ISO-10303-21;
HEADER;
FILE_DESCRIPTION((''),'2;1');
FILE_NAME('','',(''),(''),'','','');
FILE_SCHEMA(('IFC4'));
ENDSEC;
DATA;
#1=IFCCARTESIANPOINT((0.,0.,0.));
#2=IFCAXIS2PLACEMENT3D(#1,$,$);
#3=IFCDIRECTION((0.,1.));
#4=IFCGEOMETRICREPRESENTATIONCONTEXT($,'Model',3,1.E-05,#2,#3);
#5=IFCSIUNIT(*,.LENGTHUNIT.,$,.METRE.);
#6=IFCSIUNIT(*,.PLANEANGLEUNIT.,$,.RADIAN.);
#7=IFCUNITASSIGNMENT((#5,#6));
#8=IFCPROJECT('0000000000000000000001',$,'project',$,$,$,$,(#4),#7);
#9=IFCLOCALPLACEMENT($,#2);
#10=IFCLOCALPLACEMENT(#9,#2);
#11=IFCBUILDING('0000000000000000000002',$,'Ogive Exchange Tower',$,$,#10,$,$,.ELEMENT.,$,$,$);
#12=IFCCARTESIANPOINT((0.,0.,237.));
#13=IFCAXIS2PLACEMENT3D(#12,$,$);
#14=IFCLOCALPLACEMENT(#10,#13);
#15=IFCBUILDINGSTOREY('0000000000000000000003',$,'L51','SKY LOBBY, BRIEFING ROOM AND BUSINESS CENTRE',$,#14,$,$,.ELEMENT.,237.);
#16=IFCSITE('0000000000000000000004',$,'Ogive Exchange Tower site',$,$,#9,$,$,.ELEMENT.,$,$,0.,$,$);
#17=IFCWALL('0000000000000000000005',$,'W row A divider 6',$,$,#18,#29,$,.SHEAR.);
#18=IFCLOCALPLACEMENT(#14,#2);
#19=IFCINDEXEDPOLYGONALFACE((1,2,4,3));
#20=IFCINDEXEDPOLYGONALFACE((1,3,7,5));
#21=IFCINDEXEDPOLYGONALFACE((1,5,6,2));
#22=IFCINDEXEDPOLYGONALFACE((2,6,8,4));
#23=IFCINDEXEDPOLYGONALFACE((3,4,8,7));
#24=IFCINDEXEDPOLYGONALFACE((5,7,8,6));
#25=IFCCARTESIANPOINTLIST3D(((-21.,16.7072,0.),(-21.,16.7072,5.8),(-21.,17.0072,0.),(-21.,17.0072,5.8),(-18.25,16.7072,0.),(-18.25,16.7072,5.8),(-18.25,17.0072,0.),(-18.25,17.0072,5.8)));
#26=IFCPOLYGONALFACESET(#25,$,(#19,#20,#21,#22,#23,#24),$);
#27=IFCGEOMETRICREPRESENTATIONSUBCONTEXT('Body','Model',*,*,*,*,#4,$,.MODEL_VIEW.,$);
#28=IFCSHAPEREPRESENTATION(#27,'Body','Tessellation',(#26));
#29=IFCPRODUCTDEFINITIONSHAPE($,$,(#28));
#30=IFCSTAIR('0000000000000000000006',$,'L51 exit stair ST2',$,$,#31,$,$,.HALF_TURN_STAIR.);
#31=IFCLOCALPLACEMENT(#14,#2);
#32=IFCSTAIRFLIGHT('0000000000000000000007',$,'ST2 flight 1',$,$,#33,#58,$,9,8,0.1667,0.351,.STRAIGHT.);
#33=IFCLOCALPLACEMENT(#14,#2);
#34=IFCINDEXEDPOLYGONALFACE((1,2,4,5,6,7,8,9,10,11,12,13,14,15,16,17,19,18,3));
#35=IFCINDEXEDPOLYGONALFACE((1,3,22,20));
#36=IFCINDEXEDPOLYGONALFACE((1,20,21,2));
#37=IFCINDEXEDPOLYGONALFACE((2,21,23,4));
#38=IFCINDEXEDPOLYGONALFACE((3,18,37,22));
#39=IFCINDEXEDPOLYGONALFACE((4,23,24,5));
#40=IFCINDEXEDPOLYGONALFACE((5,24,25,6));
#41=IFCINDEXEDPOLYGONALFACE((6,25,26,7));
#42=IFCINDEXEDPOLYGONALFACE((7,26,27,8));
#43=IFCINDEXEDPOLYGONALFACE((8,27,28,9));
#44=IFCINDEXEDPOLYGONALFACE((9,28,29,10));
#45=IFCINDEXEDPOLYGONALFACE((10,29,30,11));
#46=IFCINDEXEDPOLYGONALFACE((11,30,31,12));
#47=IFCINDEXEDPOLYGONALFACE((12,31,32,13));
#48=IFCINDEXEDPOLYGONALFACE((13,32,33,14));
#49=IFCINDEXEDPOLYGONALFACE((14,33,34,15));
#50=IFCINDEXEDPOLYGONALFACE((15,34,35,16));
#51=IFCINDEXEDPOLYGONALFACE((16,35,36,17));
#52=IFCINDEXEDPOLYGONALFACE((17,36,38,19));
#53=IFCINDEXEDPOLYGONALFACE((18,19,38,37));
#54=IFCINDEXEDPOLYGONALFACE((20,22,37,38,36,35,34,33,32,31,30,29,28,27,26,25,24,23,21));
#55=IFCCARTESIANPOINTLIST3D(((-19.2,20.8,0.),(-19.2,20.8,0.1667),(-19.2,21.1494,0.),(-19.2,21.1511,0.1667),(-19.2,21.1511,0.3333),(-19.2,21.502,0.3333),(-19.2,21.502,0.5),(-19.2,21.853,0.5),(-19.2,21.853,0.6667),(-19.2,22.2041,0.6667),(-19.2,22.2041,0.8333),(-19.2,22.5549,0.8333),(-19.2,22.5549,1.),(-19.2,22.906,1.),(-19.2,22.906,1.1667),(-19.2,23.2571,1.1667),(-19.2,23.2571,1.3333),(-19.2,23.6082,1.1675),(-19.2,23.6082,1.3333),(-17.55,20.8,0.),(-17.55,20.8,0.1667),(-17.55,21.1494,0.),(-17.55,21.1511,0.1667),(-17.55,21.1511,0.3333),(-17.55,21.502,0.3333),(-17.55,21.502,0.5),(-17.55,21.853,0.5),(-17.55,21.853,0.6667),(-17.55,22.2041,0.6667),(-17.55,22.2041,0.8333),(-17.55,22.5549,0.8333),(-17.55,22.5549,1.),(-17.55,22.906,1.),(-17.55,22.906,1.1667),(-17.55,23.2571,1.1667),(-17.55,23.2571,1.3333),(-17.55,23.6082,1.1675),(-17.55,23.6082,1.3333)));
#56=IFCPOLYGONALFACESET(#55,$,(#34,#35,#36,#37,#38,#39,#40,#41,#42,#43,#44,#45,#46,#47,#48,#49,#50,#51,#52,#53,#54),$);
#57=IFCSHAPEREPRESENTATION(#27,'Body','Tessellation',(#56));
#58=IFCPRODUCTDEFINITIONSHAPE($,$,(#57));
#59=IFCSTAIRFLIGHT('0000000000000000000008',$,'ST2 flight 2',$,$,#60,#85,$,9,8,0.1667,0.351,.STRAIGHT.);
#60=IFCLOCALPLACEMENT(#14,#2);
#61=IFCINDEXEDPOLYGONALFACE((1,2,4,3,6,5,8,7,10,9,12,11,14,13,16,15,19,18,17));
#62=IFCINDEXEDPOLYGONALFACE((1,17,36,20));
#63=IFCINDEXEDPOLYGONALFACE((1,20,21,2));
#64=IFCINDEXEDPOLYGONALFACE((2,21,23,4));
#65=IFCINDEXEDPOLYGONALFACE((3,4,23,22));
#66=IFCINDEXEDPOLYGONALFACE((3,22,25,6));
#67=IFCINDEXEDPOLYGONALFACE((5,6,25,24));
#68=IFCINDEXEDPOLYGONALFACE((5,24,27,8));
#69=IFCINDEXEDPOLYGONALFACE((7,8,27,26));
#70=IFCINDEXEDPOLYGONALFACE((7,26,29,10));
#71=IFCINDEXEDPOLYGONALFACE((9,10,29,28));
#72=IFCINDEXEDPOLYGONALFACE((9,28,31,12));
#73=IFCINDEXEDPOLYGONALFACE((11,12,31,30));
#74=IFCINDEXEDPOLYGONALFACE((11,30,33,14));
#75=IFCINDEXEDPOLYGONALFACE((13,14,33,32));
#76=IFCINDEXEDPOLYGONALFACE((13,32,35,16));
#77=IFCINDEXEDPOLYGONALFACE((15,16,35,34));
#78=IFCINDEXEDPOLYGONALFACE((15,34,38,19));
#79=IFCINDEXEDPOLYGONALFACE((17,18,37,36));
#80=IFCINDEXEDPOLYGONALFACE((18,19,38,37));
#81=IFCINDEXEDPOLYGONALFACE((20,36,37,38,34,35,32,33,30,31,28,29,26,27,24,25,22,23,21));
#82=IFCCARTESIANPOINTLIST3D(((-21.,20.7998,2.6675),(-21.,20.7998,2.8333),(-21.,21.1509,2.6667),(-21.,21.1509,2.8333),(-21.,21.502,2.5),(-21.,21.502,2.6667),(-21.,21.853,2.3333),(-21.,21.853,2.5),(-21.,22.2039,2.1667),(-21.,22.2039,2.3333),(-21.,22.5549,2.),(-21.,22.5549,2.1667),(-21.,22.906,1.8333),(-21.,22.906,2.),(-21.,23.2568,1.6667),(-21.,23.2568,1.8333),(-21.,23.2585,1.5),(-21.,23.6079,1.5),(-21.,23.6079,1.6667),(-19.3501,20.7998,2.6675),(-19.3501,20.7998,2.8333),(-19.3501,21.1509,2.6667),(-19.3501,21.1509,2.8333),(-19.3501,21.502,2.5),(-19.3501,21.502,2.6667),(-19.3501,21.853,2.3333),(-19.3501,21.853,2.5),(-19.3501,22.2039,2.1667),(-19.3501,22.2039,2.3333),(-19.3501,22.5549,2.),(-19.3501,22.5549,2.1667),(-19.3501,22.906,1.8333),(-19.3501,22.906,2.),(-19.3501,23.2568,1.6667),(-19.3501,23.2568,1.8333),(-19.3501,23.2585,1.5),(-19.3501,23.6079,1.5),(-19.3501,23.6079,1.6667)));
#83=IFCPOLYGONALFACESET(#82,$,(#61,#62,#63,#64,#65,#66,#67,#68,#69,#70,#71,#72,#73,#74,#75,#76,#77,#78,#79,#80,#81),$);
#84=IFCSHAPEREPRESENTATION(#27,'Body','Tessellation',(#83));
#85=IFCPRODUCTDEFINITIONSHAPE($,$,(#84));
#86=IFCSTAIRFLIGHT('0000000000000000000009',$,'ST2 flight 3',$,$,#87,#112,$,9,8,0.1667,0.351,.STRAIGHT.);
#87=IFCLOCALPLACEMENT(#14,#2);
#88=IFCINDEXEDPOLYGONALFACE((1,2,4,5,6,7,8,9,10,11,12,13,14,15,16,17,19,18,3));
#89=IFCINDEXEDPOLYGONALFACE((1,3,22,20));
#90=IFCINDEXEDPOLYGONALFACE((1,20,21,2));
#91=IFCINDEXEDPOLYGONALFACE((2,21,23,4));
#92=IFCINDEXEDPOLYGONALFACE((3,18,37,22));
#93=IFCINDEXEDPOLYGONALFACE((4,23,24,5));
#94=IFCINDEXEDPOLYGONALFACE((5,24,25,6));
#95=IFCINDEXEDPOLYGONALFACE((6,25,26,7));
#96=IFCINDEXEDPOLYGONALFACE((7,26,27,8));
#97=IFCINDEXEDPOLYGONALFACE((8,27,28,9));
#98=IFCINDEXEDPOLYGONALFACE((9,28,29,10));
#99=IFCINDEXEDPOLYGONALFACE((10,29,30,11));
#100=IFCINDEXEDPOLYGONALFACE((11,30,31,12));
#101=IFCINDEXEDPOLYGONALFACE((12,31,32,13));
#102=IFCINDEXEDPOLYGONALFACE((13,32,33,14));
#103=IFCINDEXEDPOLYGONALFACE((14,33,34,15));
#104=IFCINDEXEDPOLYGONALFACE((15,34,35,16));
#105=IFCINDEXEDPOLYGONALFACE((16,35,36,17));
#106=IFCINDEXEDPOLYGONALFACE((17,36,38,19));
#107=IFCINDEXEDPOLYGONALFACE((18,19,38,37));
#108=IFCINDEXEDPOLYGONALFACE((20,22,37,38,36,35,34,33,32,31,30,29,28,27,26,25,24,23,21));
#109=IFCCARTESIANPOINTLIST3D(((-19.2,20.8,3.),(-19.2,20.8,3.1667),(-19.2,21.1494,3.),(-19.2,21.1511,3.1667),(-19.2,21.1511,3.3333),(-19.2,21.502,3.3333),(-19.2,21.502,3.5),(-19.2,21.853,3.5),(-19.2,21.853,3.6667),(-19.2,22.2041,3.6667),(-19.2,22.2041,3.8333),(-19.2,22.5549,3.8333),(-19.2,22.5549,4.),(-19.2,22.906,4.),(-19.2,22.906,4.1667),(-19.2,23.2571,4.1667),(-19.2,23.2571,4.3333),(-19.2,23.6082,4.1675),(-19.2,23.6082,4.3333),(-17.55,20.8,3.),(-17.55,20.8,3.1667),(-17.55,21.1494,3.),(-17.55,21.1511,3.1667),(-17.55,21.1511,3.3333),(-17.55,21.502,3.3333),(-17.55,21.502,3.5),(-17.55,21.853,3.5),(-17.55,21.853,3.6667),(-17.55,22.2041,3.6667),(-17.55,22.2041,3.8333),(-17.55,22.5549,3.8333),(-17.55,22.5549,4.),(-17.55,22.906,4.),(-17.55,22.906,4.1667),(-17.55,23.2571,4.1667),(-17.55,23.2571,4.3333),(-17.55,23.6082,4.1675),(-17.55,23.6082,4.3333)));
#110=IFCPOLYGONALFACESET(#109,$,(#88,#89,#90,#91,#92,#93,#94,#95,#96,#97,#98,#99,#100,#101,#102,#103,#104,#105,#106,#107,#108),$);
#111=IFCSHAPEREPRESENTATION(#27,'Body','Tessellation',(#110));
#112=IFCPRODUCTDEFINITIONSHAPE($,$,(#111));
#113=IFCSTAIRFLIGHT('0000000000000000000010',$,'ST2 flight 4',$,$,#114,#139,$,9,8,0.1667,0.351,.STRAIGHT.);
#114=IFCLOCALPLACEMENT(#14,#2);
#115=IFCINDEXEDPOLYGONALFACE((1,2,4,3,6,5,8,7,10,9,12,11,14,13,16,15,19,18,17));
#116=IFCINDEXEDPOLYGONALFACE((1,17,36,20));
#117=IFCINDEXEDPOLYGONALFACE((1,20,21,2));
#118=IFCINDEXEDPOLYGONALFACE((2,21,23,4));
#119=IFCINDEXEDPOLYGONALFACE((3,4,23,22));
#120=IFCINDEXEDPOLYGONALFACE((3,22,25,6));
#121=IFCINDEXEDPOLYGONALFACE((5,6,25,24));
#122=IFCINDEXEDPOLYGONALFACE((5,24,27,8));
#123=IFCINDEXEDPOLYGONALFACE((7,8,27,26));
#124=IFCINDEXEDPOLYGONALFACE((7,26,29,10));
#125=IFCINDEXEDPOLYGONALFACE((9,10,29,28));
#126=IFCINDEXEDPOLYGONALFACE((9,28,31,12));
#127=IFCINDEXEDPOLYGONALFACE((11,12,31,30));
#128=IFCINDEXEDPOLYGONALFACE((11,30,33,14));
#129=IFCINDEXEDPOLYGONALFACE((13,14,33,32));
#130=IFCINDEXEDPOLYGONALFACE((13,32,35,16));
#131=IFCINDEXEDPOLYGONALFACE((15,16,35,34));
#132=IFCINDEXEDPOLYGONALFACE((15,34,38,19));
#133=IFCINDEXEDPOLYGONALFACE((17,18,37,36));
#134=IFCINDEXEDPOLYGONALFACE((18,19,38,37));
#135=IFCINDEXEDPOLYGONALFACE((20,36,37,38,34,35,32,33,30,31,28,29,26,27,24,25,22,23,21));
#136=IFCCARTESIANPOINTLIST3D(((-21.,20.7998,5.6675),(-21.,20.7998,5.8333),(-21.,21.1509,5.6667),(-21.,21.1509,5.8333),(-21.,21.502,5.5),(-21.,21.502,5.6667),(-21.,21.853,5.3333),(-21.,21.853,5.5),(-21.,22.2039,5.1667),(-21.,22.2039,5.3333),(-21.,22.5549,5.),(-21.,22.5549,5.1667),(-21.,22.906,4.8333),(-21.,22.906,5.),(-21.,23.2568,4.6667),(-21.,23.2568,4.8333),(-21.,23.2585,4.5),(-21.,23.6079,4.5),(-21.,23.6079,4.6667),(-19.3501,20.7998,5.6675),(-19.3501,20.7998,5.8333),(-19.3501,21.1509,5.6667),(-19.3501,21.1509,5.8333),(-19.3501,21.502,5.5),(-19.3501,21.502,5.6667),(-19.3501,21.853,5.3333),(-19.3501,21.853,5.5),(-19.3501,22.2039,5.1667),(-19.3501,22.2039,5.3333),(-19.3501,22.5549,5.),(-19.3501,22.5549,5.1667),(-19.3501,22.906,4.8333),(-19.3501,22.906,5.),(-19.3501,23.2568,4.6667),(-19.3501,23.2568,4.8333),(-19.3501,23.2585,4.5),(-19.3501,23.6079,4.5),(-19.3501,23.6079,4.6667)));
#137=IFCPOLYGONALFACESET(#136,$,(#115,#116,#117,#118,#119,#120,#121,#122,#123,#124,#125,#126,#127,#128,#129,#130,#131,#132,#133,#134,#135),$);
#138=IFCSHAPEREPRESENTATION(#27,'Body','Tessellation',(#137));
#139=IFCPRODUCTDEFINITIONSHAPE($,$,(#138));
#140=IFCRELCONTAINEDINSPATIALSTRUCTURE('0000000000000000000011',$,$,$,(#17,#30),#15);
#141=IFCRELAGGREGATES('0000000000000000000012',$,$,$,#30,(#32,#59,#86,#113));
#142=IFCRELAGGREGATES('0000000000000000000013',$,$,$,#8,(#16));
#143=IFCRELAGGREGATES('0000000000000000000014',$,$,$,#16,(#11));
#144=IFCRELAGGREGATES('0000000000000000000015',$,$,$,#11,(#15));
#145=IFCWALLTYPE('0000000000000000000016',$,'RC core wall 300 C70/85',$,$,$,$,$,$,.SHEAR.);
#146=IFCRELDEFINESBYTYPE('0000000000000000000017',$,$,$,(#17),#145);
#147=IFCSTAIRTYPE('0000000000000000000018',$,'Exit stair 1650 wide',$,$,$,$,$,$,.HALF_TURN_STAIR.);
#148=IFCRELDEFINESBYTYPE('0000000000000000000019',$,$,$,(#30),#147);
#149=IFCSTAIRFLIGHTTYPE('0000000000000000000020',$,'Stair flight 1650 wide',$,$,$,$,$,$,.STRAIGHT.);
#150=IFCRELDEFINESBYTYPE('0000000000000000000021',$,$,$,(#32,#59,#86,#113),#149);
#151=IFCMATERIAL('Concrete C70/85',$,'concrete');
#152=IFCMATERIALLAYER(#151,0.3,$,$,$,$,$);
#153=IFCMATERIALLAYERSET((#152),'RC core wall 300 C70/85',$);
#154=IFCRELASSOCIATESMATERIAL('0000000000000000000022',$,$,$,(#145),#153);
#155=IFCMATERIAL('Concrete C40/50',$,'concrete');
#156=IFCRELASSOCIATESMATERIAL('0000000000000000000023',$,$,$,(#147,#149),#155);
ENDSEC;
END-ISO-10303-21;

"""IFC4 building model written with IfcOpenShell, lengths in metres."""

from ifc_helpers import new_model, si_unit, direction, frame, frame_2d, origin, place, context, subcontext, project, spatial, polyline, rectangle, outline, extrude, material, layer, layer_set, type_object, element, aggregate, save


model = new_model("IFC4")

# Units and contexts
model_context = context("Model", 3, precision=1e-05, world=origin(), true_north=direction((0.0, 1.0)))
body_context = subcontext(model_context, "Body", "Model", "MODEL_VIEW")
ifc_project = project(units=[si_unit("LENGTHUNIT", "METRE"), si_unit("PLANEANGLEUNIT", "RADIAN")], contexts=[model_context])

# Site, building, storey
site_placement = place(None, origin())
site = spatial("IfcSite", under=ifc_project, at=site_placement, Name="Ogive Exchange Tower site", CompositionType="ELEMENT", RefElevation=0.0)
building_placement = place(site_placement, origin())
building = spatial("IfcBuilding", under=site, at=building_placement, Name="Ogive Exchange Tower", CompositionType="ELEMENT")
storey_placement = place(building_placement, frame((0.0, 0.0, 237.0)))
storey = spatial("IfcBuildingStorey", under=building, at=storey_placement, Name="L51", Description="SKY LOBBY, BRIEFING ROOM AND BUSINESS CENTRE", CompositionType="ELEMENT", Elevation=237.0)

# Wall
ifc_material_1 = material(Name="Concrete C70/85", Category="concrete")
ifc_layer_1 = layer(ifc_material_1, 0.3)
ifc_layer_set_1 = layer_set([ifc_layer_1], Name="RC core wall 300 C70/85")
wall_type_1 = type_object("IfcWallType", Name="RC core wall 300 C70/85", PredefinedType="SHEAR", material=ifc_layer_set_1)
wall_1_placement = place(storey_placement, frame((-21.0, 16.8572, 0.0), z_axis=(0.0, 0.0, 1.0), x_axis=(1.0, 0.0, 0.0)))
element("IfcWall", 1, at=wall_1_placement, inside=storey, type_object=wall_type_1, Name="W row A divider 6", PredefinedType="SHEAR", context=body_context, shape_type="SweptSolid", body=[
    extrude(rectangle(XDim=2.75, YDim=0.3, at=frame_2d((1.375, 0.0))), origin(), (0.0, 0.0, 1.0), 5.8),
])

# Stair, stair flights
ifc_material_2 = material(Name="Concrete C40/50", Category="concrete")
stair_type = type_object("IfcStairType", Name="Exit stair 1650 wide", PredefinedType="HALF_TURN_STAIR", material=ifc_material_2)
stair_placement = place(storey_placement, origin())
stair = element("IfcStair", 2, at=stair_placement, inside=storey, type_object=stair_type, Name="L51 exit stair ST2", PredefinedType="HALF_TURN_STAIR")
stair_flight_type = type_object("IfcStairFlightType", Name="Stair flight 1650 wide", PredefinedType="STRAIGHT", material=ifc_material_2)
stair_flight_1_placement = place(storey_placement, frame((-18.375, 20.8, 0.0), z_axis=(0.0, 0.0, 1.0), x_axis=(0.0, 1.0, 0.0)))
stair_flight_1 = element("IfcStairFlight", 3, at=stair_flight_1_placement, type_object=stair_flight_type, Name="ST2 flight 1", NumberOfRisers=9, NumberOfTreads=8, PredefinedType="STRAIGHT", RiserHeight=0.1667, TreadLength=0.351, context=body_context, shape_type="SweptSolid", body=[
    extrude(outline(polyline([(0.0, 0.0), (0.0, 0.1667), (0.3511, 0.1667), (0.3511, 0.3333), (0.7019, 0.3333), (0.7019, 0.5), (1.053, 0.5), (1.053, 0.6667), (1.4041, 0.6667), (1.4041, 0.8333), (1.7549, 0.8333), (1.7549, 1.0), (2.106, 1.0), (2.106, 1.1667), (2.457, 1.1667), (2.457, 1.3333), (2.8081, 1.3333), (2.8081, 1.5), (2.8081, 1.1675), (0.3494, 0.0), (0.0, 0.0)])), frame((0.0, 0.825, 0.0), z_axis=(0.0, -1.0, 0.0), x_axis=(1.0, 0.0, 0.0)), (0.0, 0.0, 1.0), 1.6499),
])
stair_flight_2_placement = place(storey_placement, frame((-20.175, 23.6079, 1.5), z_axis=(0.0, 0.0, 1.0), x_axis=(0.0, -1.0, 0.0)))
stair_flight_2 = element("IfcStairFlight", 4, at=stair_flight_2_placement, type_object=stair_flight_type, Name="ST2 flight 2", NumberOfRisers=9, NumberOfTreads=8, PredefinedType="STRAIGHT", RiserHeight=0.1667, TreadLength=0.351, context=body_context, shape_type="SweptSolid", body=[
    extrude(outline(polyline([(0.0, 0.0), (0.0, 0.1667), (0.3511, 0.1667), (0.3511, 0.3333), (0.7019, 0.3333), (0.7019, 0.5), (1.053, 0.5), (1.053, 0.6667), (1.4041, 0.6667), (1.4041, 0.8333), (1.7549, 0.8333), (1.7549, 1.0), (2.106, 1.0), (2.106, 1.1667), (2.457, 1.1667), (2.457, 1.3333), (2.8081, 1.3333), (2.8081, 1.5), (2.8081, 1.1675), (0.3494, 0.0), (0.0, 0.0)])), frame((0.0, 0.825, 0.0), z_axis=(0.0, -1.0, 0.0), x_axis=(1.0, 0.0, 0.0)), (0.0, 0.0, 1.0), 1.6499),
])
stair_flight_3_placement = place(storey_placement, frame((-18.375, 20.8, 3.0), z_axis=(0.0, 0.0, 1.0), x_axis=(0.0, 1.0, 0.0)))
stair_flight_3 = element("IfcStairFlight", 5, at=stair_flight_3_placement, type_object=stair_flight_type, Name="ST2 flight 3", NumberOfRisers=9, NumberOfTreads=8, PredefinedType="STRAIGHT", RiserHeight=0.1667, TreadLength=0.351, context=body_context, shape_type="SweptSolid", body=[
    extrude(outline(polyline([(0.0, 0.0), (0.0, 0.1667), (0.3511, 0.1667), (0.3511, 0.3333), (0.7019, 0.3333), (0.7019, 0.5), (1.053, 0.5), (1.053, 0.6667), (1.4041, 0.6667), (1.4041, 0.8333), (1.7549, 0.8333), (1.7549, 1.0), (2.106, 1.0), (2.106, 1.1667), (2.457, 1.1667), (2.457, 1.3333), (2.8081, 1.3333), (2.8081, 1.5), (2.8081, 1.1675), (0.3494, 0.0), (0.0, 0.0)])), frame((0.0, 0.825, 0.0), z_axis=(0.0, -1.0, 0.0), x_axis=(1.0, 0.0, 0.0)), (0.0, 0.0, 1.0), 1.6499),
])
stair_flight_4_placement = place(storey_placement, frame((-20.175, 23.6079, 4.5), z_axis=(0.0, 0.0, 1.0), x_axis=(0.0, -1.0, 0.0)))
stair_flight_4 = element("IfcStairFlight", 6, at=stair_flight_4_placement, type_object=stair_flight_type, Name="ST2 flight 4", NumberOfRisers=9, NumberOfTreads=8, PredefinedType="STRAIGHT", RiserHeight=0.1667, TreadLength=0.351, context=body_context, shape_type="SweptSolid", body=[
    extrude(outline(polyline([(0.0, 0.0), (0.0, 0.1667), (0.3511, 0.1667), (0.3511, 0.3333), (0.7019, 0.3333), (0.7019, 0.5), (1.053, 0.5), (1.053, 0.6667), (1.4041, 0.6667), (1.4041, 0.8333), (1.7549, 0.8333), (1.7549, 1.0), (2.106, 1.0), (2.106, 1.1667), (2.457, 1.1667), (2.457, 1.3333), (2.8081, 1.3333), (2.8081, 1.5), (2.8081, 1.1675), (0.3494, 0.0), (0.0, 0.0)])), frame((0.0, 0.825, 0.0), z_axis=(0.0, -1.0, 0.0), x_axis=(1.0, 0.0, 0.0)), (0.0, 0.0, 1.0), 1.6499),
])
aggregate(stair, [stair_flight_1, stair_flight_2, stair_flight_3, stair_flight_4])

save(model, "model.ifc")
